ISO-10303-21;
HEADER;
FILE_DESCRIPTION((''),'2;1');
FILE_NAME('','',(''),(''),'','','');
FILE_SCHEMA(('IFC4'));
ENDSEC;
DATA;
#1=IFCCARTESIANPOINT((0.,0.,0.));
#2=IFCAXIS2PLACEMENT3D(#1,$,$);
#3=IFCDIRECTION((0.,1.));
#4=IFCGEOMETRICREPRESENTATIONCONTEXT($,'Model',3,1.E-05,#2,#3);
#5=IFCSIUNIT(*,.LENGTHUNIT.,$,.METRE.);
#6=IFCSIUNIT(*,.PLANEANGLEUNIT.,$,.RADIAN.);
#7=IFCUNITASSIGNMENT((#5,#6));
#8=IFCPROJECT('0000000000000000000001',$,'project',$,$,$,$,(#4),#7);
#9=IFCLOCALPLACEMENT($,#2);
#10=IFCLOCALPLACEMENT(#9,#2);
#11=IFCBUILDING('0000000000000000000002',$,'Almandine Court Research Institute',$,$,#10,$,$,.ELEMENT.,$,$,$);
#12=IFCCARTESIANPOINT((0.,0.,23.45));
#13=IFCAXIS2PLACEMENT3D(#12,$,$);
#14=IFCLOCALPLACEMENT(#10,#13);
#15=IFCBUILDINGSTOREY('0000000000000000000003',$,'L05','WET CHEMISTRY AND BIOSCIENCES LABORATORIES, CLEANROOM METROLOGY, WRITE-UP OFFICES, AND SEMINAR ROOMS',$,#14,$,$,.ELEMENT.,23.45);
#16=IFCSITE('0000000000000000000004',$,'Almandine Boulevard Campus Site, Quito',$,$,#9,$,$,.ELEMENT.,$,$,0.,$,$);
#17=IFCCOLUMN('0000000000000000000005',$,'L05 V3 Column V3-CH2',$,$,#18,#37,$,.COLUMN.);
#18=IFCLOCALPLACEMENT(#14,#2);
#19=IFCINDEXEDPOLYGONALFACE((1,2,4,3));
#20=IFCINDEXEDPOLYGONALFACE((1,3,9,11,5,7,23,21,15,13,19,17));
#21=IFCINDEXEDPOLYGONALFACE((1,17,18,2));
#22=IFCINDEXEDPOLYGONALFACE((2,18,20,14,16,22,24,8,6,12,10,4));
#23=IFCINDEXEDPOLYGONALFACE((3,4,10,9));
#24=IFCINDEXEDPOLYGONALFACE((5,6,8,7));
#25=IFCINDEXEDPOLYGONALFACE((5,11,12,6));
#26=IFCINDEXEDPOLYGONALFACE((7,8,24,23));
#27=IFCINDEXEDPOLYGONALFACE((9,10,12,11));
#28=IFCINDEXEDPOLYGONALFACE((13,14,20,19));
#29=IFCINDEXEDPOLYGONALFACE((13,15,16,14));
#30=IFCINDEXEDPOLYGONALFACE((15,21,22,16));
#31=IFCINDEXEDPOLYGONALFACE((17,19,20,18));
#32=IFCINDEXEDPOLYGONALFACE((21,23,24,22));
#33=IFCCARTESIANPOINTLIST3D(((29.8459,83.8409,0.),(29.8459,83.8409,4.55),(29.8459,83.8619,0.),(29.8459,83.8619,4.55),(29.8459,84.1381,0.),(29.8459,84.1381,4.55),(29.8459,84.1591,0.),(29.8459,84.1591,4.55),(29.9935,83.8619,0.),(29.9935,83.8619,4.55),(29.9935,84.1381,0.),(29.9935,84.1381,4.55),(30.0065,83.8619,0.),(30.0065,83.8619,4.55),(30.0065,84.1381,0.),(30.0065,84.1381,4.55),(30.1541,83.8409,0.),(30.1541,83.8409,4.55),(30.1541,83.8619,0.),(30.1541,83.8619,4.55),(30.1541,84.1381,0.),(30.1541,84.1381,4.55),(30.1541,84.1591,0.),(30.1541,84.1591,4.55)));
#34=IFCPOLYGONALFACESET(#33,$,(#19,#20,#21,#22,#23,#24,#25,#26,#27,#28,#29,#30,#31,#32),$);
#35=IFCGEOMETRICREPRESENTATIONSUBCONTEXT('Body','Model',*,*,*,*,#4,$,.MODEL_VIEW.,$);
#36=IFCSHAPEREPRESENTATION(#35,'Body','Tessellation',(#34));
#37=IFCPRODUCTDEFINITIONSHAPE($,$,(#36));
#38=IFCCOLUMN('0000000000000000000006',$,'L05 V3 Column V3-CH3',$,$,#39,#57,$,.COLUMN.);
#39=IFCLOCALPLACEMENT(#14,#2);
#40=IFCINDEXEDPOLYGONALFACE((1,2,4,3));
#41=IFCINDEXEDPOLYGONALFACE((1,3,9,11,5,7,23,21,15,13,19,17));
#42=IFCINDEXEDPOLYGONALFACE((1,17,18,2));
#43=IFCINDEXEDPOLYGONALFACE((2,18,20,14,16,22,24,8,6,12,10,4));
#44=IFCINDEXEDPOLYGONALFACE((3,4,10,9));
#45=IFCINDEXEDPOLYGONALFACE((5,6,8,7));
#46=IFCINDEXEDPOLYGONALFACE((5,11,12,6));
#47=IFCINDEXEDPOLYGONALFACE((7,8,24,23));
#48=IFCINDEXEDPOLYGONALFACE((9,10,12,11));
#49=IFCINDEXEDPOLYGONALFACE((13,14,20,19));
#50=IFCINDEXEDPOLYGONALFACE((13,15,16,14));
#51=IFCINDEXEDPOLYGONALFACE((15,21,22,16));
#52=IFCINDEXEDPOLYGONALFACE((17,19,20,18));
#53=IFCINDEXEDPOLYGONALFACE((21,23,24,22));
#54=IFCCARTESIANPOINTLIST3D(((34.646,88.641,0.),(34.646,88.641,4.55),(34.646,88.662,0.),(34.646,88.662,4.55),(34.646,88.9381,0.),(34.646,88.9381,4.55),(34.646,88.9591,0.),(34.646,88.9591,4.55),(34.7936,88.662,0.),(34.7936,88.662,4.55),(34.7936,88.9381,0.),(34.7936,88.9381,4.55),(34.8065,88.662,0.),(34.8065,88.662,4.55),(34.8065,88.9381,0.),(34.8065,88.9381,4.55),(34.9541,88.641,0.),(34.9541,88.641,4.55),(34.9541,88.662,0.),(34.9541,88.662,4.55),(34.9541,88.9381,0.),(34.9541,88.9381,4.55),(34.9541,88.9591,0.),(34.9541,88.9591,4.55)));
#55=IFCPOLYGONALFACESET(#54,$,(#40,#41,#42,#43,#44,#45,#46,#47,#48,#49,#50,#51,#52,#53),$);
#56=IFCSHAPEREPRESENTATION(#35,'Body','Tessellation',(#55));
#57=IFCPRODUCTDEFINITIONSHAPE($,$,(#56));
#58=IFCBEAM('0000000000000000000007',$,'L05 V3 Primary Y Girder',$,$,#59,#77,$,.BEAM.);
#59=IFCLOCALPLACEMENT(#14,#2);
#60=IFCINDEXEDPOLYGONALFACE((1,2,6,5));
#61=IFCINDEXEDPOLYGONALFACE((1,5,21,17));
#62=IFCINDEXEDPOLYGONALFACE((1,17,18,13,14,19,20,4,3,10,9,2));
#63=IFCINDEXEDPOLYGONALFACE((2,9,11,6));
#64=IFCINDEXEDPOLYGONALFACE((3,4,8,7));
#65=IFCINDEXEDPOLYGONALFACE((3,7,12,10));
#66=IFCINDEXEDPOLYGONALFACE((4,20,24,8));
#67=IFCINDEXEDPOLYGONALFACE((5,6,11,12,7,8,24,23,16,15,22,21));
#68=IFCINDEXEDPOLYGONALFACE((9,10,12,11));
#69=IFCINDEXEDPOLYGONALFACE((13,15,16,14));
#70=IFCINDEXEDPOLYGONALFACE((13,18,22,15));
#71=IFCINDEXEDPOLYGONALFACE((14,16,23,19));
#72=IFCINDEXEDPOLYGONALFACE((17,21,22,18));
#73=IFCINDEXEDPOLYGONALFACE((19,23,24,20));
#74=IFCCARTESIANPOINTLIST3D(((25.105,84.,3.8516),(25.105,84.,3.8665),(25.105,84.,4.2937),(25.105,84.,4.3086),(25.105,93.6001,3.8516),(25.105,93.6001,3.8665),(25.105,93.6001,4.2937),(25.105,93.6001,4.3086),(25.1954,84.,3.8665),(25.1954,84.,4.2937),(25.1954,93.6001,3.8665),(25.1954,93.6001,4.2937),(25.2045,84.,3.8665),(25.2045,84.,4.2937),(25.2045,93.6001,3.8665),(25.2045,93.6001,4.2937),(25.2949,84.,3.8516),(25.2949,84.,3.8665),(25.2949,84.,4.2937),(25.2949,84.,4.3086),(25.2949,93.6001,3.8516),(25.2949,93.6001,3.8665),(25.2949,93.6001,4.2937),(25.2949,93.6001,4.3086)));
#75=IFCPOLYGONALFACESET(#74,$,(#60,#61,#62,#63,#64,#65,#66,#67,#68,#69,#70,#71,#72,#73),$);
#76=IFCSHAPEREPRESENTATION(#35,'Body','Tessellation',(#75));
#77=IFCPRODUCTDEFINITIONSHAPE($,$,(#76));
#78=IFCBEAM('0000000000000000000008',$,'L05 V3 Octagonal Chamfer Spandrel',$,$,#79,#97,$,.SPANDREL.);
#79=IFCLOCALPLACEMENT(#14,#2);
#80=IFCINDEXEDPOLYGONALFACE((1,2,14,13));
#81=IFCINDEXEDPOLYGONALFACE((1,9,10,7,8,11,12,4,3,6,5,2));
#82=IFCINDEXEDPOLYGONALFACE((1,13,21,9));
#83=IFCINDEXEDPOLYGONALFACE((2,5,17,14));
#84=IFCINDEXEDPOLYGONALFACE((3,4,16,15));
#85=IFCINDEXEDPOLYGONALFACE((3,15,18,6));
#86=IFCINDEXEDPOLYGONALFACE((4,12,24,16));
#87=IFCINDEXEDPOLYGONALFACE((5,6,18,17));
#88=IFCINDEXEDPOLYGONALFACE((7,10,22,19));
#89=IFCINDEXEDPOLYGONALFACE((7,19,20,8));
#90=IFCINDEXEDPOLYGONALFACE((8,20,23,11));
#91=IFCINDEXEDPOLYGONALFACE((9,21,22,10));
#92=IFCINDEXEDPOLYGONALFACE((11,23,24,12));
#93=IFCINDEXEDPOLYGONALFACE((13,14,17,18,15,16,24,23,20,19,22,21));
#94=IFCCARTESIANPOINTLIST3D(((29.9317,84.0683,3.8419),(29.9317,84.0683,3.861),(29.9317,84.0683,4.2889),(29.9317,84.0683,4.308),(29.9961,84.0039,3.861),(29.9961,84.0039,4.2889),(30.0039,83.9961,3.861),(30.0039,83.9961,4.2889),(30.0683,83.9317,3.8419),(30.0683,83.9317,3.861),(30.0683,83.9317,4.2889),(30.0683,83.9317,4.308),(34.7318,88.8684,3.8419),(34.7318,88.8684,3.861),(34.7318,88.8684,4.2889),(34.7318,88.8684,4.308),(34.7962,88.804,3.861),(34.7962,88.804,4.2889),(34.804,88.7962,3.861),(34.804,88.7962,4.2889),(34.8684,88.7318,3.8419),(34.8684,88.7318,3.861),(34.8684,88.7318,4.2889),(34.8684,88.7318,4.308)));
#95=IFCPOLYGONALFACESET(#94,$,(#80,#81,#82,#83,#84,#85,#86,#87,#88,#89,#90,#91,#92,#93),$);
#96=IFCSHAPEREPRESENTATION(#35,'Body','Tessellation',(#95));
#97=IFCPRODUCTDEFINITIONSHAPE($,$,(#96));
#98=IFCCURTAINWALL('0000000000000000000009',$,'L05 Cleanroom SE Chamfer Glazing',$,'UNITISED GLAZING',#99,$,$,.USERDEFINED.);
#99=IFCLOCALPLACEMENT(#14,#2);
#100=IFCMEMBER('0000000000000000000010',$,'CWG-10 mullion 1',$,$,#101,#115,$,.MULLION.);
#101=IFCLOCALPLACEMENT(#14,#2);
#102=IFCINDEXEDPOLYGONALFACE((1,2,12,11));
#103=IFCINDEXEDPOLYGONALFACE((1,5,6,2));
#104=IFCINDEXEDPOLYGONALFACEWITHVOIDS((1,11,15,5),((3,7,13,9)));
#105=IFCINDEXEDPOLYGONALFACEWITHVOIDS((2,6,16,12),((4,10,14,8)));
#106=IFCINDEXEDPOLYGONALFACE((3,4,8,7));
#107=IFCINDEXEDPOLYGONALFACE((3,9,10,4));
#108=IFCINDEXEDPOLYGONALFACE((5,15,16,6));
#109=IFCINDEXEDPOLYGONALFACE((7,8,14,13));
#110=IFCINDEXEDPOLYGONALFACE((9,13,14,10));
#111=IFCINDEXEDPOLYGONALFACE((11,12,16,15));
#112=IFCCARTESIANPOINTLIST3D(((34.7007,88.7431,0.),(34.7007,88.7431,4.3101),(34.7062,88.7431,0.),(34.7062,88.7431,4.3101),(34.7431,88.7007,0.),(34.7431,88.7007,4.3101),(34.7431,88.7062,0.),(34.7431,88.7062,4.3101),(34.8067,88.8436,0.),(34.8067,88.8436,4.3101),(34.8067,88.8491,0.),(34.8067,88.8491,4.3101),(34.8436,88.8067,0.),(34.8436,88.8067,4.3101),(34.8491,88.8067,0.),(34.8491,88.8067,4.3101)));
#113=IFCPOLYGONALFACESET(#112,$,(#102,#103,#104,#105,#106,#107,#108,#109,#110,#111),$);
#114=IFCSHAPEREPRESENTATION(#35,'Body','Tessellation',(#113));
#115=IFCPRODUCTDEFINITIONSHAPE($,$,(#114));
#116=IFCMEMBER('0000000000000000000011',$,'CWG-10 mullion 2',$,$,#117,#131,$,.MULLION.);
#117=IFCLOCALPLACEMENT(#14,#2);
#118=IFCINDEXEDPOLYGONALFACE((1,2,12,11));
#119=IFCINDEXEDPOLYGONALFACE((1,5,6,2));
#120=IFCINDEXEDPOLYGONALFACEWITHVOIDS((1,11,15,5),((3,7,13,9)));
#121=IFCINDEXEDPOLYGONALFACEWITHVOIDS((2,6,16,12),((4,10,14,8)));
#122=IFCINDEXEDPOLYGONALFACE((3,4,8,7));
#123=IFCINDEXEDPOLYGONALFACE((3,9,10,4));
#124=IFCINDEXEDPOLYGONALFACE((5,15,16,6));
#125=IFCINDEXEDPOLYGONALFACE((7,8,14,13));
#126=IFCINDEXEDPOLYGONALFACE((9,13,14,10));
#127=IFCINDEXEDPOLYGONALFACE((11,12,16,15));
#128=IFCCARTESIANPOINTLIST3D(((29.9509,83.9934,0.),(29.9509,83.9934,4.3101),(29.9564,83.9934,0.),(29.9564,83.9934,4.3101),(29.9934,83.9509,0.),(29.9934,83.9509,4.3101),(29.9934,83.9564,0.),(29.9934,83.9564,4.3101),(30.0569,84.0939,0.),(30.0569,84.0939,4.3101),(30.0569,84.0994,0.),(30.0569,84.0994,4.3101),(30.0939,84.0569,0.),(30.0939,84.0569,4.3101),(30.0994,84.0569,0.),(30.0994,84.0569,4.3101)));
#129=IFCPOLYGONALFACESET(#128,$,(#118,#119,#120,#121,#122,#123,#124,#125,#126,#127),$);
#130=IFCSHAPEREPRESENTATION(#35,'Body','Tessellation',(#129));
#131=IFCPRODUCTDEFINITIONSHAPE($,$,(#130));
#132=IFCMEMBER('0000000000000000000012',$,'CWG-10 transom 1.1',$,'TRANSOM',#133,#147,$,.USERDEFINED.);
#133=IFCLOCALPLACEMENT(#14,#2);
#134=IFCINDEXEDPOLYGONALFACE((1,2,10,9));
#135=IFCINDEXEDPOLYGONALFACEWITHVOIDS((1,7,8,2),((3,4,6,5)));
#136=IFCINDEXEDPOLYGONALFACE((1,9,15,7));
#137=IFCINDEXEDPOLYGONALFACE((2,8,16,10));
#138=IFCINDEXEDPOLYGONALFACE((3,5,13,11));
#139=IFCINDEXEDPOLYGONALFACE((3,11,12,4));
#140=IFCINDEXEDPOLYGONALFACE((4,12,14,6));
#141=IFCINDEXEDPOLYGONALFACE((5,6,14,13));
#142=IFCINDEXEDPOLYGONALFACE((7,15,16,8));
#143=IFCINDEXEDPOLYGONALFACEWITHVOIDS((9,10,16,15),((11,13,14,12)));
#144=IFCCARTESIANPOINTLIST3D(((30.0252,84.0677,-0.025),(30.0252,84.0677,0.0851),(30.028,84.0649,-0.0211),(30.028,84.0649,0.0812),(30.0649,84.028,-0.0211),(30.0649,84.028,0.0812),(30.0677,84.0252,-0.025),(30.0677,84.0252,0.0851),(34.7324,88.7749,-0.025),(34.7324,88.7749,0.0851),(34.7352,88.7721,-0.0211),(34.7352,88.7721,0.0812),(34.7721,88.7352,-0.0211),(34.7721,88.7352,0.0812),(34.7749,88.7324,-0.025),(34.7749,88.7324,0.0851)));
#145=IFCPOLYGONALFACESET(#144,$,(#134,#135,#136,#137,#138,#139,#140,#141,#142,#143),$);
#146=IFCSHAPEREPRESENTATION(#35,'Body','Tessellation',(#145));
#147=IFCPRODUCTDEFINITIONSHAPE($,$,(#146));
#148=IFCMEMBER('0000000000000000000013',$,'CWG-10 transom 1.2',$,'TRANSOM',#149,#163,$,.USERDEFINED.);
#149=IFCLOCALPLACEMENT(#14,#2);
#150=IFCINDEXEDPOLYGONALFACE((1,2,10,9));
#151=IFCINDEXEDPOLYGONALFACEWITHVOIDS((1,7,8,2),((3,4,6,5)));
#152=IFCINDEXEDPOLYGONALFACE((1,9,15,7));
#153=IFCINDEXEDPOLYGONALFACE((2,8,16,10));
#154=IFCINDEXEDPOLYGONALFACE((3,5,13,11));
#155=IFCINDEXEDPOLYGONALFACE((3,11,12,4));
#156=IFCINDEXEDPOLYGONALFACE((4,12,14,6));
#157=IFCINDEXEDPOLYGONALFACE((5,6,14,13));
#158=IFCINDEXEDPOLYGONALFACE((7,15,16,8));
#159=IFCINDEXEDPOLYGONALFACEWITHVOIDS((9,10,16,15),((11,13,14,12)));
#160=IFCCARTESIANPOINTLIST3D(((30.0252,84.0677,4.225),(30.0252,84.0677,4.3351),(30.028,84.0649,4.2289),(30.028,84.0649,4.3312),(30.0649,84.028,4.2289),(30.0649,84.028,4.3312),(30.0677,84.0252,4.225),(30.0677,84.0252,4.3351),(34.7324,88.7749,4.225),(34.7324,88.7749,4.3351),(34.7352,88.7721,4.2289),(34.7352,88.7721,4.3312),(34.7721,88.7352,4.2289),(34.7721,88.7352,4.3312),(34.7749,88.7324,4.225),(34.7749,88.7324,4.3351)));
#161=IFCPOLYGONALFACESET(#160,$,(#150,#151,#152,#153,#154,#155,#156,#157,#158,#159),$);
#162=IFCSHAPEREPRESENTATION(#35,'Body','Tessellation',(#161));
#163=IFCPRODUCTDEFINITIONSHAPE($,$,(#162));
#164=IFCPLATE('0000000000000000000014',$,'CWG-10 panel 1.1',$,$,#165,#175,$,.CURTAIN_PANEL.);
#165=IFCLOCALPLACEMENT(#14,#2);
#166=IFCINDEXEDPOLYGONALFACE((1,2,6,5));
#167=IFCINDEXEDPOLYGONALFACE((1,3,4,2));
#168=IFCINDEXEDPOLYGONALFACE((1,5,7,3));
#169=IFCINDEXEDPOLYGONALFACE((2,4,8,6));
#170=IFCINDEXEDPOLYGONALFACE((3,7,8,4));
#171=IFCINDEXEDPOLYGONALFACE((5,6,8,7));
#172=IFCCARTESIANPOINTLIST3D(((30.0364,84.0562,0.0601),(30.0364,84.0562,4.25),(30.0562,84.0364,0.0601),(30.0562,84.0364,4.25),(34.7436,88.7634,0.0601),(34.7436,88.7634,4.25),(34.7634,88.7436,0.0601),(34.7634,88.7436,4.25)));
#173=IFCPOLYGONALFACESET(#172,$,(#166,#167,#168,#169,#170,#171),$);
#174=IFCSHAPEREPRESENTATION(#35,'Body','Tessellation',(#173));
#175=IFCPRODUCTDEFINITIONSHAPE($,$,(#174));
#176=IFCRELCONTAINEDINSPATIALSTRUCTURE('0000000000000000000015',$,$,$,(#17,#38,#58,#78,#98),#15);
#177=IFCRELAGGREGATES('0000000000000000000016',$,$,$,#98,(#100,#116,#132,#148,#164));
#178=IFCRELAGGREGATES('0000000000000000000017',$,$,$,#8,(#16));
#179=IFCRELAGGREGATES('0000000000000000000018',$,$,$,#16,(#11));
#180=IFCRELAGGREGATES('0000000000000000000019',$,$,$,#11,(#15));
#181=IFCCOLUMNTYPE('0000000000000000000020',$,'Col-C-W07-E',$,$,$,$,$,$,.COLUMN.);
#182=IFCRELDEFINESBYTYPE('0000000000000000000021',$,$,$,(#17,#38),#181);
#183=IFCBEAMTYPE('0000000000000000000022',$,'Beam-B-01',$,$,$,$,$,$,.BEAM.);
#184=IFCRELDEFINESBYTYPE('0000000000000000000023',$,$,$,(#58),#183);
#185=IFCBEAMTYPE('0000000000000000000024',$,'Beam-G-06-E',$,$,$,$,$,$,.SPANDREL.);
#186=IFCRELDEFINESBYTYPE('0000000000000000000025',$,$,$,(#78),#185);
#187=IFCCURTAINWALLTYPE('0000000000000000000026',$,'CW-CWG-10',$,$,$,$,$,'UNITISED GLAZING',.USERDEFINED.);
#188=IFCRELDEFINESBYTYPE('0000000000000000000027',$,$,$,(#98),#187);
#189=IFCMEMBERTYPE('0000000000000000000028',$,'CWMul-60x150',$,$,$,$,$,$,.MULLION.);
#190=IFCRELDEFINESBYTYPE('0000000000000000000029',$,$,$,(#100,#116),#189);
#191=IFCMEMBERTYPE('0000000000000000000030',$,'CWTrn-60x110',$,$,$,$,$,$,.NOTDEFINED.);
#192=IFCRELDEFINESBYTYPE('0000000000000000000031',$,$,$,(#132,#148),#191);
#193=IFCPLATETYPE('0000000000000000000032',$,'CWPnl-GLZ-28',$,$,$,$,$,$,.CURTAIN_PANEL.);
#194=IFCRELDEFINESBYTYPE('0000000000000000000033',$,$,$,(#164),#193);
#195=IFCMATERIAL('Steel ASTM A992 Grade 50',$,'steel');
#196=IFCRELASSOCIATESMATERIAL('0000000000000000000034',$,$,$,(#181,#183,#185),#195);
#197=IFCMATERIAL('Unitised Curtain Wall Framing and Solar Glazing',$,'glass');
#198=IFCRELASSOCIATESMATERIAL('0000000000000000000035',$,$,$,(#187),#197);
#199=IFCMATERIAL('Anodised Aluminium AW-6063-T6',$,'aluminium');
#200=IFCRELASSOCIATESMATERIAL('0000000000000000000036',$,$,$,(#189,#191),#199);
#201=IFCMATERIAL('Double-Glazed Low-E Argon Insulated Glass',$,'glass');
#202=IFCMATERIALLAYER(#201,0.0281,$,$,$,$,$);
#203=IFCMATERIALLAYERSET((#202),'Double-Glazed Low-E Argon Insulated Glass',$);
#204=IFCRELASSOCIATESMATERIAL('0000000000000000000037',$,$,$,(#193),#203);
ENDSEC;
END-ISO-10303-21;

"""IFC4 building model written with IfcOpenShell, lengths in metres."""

from ifc_helpers import new_model, si_unit, direction, frame, origin, origin_2d, place, context, subcontext, project, spatial, rectangle, hollow_rectangle, i_section, extrude, material, layer, layer_set, material_profile, profile_set, type_object, element, aggregate, save


model = new_model("IFC4")

# Units and contexts
model_context = context("Model", 3, precision=1e-05, world=origin(), true_north=direction((0.0, 1.0)))
body_context = subcontext(model_context, "Body", "Model", "MODEL_VIEW")
ifc_project = project(units=[si_unit("LENGTHUNIT", "METRE"), si_unit("PLANEANGLEUNIT", "RADIAN")], contexts=[model_context])

# Site, building, storey
site_placement = place(None, origin())
site = spatial("IfcSite", under=ifc_project, at=site_placement, Name="Almandine Boulevard Campus Site, Quito", CompositionType="ELEMENT", RefElevation=0.0)
building_placement = place(site_placement, origin())
building = spatial("IfcBuilding", under=site, at=building_placement, Name="Almandine Court Research Institute", CompositionType="ELEMENT")
storey_placement = place(building_placement, frame((0.0, 0.0, 23.45)))
storey = spatial("IfcBuildingStorey", under=building, at=storey_placement, Name="L05", Description="WET CHEMISTRY AND BIOSCIENCES LABORATORIES, CLEANROOM METROLOGY, WRITE-UP OFFICES, AND SEMINAR ROOMS", CompositionType="ELEMENT", Elevation=23.45)

# Columns
ifc_material_1 = material(Name="Steel ASTM A992 Grade 50", Category="steel")
ifc_material_profile_1 = material_profile(ifc_material_1, i_section(OverallWidth=0.3081, OverallDepth=0.3181, WebThickness=0.0129, FlangeThickness=0.021, at=origin_2d()), Name="W310x129")
ifc_profile_set_1 = profile_set([ifc_material_profile_1], Name="Steel ASTM A992 Grade 50")
column_type = type_object("IfcColumnType", Name="Col-C-W07-E", PredefinedType="COLUMN", material=ifc_profile_set_1)
for number, where, z_axis, x_axis, name in (
    (1, (30.0, 84.0, 0.0), (0.0, 0.0, 1.0), (1.0, 0.0, 0.0), "L05 V3 Column V3-CH2"),
    (2, (34.8, 88.8, 0.0), (0.0, 0.0, 1.0), (1.0, 0.0, 0.0), "L05 V3 Column V3-CH3"),
):
    element("IfcColumn", number, at=place(storey_placement, frame(where, z_axis=z_axis, x_axis=x_axis)), inside=storey, type_object=column_type, Name=name, PredefinedType="COLUMN", context=body_context, shape_type="SweptSolid", body=[
        extrude(i_section(OverallWidth=0.3081, OverallDepth=0.3181, WebThickness=0.0129, FlangeThickness=0.021, at=origin_2d()), origin(), (0.0, 0.0, 1.0), 4.55),
    ])

# Beams
ifc_material_profile_2 = material_profile(ifc_material_1, i_section(OverallWidth=0.1899, OverallDepth=0.457, WebThickness=0.009, FlangeThickness=0.0149, at=origin_2d()), Name="W460x74")
ifc_profile_set_2 = profile_set([ifc_material_profile_2], Name="Steel ASTM A992 Grade 50")
beam_type_1 = type_object("IfcBeamType", Name="Beam-B-01", PredefinedType="BEAM", material=ifc_profile_set_2)
beam_1_placement = place(storey_placement, frame((25.2, 84.0, 4.0801), z_axis=(0.0, 1.0, 0.0), x_axis=(-1.0, 0.0, 0.0)))
element("IfcBeam", 3, at=beam_1_placement, inside=storey, type_object=beam_type_1, Name="L05 V3 Primary Y Girder", PredefinedType="BEAM", context=body_context, shape_type="SweptSolid", body=[
    extrude(i_section(OverallWidth=0.1899, OverallDepth=0.457, WebThickness=0.009, FlangeThickness=0.0149, at=origin_2d()), origin(), (0.0, 0.0, 1.0), 9.6001),
])
ifc_material_profile_3 = material_profile(ifc_material_1, i_section(OverallWidth=0.1931, OverallDepth=0.4661, WebThickness=0.011, FlangeThickness=0.019, at=origin_2d()), Name="W460x97")
ifc_profile_set_3 = profile_set([ifc_material_profile_3], Name="Steel ASTM A992 Grade 50")
beam_type_2 = type_object("IfcBeamType", Name="Beam-G-06-E", PredefinedType="SPANDREL", material=ifc_profile_set_3)
beam_2_placement = place(storey_placement, frame((30.0, 84.0, 4.075), z_axis=(0.707107, 0.707107, 0.0), x_axis=(-0.707107, 0.707107, 0.0)))
element("IfcBeam", 4, at=beam_2_placement, inside=storey, type_object=beam_type_2, Name="L05 V3 Octagonal Chamfer Spandrel", PredefinedType="SPANDREL", context=body_context, shape_type="SweptSolid", body=[
    extrude(i_section(OverallWidth=0.1931, OverallDepth=0.4661, WebThickness=0.011, FlangeThickness=0.019, at=origin_2d()), origin(), (0.0, 0.0, 1.0), 6.7883),
])

# Curtain wall, members, plate
ifc_material_2 = material(Name="Unitised Curtain Wall Framing and Solar Glazing", Category="glass")
curtain_wall_type = type_object("IfcCurtainWallType", Name="CW-CWG-10", ElementType="UNITISED GLAZING", PredefinedType="USERDEFINED", material=ifc_material_2)
curtain_wall_placement = place(storey_placement, origin())
curtain_wall = element("IfcCurtainWall", 5, at=curtain_wall_placement, inside=storey, type_object=curtain_wall_type, Name="L05 Cleanroom SE Chamfer Glazing", ObjectType="UNITISED GLAZING", PredefinedType="USERDEFINED")
ifc_material_3 = material(Name="Anodised Aluminium AW-6063-T6", Category="aluminium")
ifc_material_profile_4 = material_profile(ifc_material_3, hollow_rectangle(XDim=0.0601, YDim=0.1499, WallThickness=0.0039, at=origin_2d()), Name="ALU RHS 60x150x4")
ifc_profile_set_4 = profile_set([ifc_material_profile_4], Name="Anodised Aluminium AW-6063-T6")
member_type_1 = type_object("IfcMemberType", Name="CWMul-60x150", PredefinedType="MULLION", material=ifc_profile_set_4)
member_1_placement = place(storey_placement, frame((34.7749, 88.7749, 0.0), z_axis=(0.0, 0.0, 1.0), x_axis=(0.707107, -0.707107, 0.0)))
member_1 = element("IfcMember", 6, at=member_1_placement, type_object=member_type_1, Name="CWG-10 mullion 1", PredefinedType="MULLION", context=body_context, shape_type="SweptSolid", body=[
    extrude(hollow_rectangle(XDim=0.0601, YDim=0.1499, WallThickness=0.0039, at=origin_2d()), origin(), (0.0, 0.0, 1.0), 4.3101),
])
member_2_placement = place(storey_placement, frame((30.0251, 84.0251, 0.0), z_axis=(0.0, 0.0, 1.0), x_axis=(0.707107, -0.707107, 0.0)))
member_2 = element("IfcMember", 7, at=member_2_placement, type_object=member_type_1, Name="CWG-10 mullion 2", PredefinedType="MULLION", context=body_context, shape_type="SweptSolid", body=[
    extrude(hollow_rectangle(XDim=0.0601, YDim=0.1499, WallThickness=0.0039, at=origin_2d()), origin(), (0.0, 0.0, 1.0), 4.3101),
])
ifc_material_profile_5 = material_profile(ifc_material_3, hollow_rectangle(XDim=0.0601, YDim=0.1101, WallThickness=0.0039, at=origin_2d()), Name="ALU RHS 60x110x4")
ifc_profile_set_5 = profile_set([ifc_material_profile_5], Name="Anodised Aluminium AW-6063-T6")
member_type_2 = type_object("IfcMemberType", Name="CWTrn-60x110", PredefinedType="NOTDEFINED", material=ifc_profile_set_5)
member_3_placement = place(storey_placement, frame((34.7537, 88.7537, 0.03), z_axis=(-0.707107, -0.707107, 0.0), x_axis=(0.707107, -0.707107, 0.0)))
member_3 = element("IfcMember", 8, at=member_3_placement, type_object=member_type_2, Name="CWG-10 transom 1.1", ObjectType="TRANSOM", PredefinedType="USERDEFINED", context=body_context, shape_type="SweptSolid", body=[
    extrude(hollow_rectangle(XDim=0.0601, YDim=0.1101, WallThickness=0.0039, at=origin_2d()), origin(), (0.0, 0.0, 1.0), 6.657),
])
member_4_placement = place(storey_placement, frame((34.7537, 88.7537, 4.28), z_axis=(-0.707107, -0.707107, 0.0), x_axis=(0.707107, -0.707107, 0.0)))
member_4 = element("IfcMember", 9, at=member_4_placement, type_object=member_type_2, Name="CWG-10 transom 1.2", ObjectType="TRANSOM", PredefinedType="USERDEFINED", context=body_context, shape_type="SweptSolid", body=[
    extrude(hollow_rectangle(XDim=0.0601, YDim=0.1101, WallThickness=0.0039, at=origin_2d()), origin(), (0.0, 0.0, 1.0), 6.657),
])
ifc_material_4 = material(Name="Double-Glazed Low-E Argon Insulated Glass", Category="glass")
ifc_layer_1 = layer(ifc_material_4, 0.0281)
ifc_layer_set_1 = layer_set([ifc_layer_1], Name="Double-Glazed Low-E Argon Insulated Glass")
plate_type = type_object("IfcPlateType", Name="CWPnl-GLZ-28", PredefinedType="CURTAIN_PANEL", material=ifc_layer_set_1)
plate_placement = place(storey_placement, frame((32.3999, 86.3999, 0.0601), z_axis=(0.0, 0.0, 1.0), x_axis=(-0.707107, -0.707107, 0.0)))
plate = element("IfcPlate", 10, at=plate_placement, type_object=plate_type, Name="CWG-10 panel 1.1", PredefinedType="CURTAIN_PANEL", context=body_context, shape_type="SweptSolid", body=[
    extrude(rectangle(XDim=6.657, YDim=0.0281, at=origin_2d()), origin(), (0.0, 0.0, 1.0), 4.1899),
])
aggregate(curtain_wall, [member_1, member_2, member_3, member_4, plate])

save(model, "model.ifc")
